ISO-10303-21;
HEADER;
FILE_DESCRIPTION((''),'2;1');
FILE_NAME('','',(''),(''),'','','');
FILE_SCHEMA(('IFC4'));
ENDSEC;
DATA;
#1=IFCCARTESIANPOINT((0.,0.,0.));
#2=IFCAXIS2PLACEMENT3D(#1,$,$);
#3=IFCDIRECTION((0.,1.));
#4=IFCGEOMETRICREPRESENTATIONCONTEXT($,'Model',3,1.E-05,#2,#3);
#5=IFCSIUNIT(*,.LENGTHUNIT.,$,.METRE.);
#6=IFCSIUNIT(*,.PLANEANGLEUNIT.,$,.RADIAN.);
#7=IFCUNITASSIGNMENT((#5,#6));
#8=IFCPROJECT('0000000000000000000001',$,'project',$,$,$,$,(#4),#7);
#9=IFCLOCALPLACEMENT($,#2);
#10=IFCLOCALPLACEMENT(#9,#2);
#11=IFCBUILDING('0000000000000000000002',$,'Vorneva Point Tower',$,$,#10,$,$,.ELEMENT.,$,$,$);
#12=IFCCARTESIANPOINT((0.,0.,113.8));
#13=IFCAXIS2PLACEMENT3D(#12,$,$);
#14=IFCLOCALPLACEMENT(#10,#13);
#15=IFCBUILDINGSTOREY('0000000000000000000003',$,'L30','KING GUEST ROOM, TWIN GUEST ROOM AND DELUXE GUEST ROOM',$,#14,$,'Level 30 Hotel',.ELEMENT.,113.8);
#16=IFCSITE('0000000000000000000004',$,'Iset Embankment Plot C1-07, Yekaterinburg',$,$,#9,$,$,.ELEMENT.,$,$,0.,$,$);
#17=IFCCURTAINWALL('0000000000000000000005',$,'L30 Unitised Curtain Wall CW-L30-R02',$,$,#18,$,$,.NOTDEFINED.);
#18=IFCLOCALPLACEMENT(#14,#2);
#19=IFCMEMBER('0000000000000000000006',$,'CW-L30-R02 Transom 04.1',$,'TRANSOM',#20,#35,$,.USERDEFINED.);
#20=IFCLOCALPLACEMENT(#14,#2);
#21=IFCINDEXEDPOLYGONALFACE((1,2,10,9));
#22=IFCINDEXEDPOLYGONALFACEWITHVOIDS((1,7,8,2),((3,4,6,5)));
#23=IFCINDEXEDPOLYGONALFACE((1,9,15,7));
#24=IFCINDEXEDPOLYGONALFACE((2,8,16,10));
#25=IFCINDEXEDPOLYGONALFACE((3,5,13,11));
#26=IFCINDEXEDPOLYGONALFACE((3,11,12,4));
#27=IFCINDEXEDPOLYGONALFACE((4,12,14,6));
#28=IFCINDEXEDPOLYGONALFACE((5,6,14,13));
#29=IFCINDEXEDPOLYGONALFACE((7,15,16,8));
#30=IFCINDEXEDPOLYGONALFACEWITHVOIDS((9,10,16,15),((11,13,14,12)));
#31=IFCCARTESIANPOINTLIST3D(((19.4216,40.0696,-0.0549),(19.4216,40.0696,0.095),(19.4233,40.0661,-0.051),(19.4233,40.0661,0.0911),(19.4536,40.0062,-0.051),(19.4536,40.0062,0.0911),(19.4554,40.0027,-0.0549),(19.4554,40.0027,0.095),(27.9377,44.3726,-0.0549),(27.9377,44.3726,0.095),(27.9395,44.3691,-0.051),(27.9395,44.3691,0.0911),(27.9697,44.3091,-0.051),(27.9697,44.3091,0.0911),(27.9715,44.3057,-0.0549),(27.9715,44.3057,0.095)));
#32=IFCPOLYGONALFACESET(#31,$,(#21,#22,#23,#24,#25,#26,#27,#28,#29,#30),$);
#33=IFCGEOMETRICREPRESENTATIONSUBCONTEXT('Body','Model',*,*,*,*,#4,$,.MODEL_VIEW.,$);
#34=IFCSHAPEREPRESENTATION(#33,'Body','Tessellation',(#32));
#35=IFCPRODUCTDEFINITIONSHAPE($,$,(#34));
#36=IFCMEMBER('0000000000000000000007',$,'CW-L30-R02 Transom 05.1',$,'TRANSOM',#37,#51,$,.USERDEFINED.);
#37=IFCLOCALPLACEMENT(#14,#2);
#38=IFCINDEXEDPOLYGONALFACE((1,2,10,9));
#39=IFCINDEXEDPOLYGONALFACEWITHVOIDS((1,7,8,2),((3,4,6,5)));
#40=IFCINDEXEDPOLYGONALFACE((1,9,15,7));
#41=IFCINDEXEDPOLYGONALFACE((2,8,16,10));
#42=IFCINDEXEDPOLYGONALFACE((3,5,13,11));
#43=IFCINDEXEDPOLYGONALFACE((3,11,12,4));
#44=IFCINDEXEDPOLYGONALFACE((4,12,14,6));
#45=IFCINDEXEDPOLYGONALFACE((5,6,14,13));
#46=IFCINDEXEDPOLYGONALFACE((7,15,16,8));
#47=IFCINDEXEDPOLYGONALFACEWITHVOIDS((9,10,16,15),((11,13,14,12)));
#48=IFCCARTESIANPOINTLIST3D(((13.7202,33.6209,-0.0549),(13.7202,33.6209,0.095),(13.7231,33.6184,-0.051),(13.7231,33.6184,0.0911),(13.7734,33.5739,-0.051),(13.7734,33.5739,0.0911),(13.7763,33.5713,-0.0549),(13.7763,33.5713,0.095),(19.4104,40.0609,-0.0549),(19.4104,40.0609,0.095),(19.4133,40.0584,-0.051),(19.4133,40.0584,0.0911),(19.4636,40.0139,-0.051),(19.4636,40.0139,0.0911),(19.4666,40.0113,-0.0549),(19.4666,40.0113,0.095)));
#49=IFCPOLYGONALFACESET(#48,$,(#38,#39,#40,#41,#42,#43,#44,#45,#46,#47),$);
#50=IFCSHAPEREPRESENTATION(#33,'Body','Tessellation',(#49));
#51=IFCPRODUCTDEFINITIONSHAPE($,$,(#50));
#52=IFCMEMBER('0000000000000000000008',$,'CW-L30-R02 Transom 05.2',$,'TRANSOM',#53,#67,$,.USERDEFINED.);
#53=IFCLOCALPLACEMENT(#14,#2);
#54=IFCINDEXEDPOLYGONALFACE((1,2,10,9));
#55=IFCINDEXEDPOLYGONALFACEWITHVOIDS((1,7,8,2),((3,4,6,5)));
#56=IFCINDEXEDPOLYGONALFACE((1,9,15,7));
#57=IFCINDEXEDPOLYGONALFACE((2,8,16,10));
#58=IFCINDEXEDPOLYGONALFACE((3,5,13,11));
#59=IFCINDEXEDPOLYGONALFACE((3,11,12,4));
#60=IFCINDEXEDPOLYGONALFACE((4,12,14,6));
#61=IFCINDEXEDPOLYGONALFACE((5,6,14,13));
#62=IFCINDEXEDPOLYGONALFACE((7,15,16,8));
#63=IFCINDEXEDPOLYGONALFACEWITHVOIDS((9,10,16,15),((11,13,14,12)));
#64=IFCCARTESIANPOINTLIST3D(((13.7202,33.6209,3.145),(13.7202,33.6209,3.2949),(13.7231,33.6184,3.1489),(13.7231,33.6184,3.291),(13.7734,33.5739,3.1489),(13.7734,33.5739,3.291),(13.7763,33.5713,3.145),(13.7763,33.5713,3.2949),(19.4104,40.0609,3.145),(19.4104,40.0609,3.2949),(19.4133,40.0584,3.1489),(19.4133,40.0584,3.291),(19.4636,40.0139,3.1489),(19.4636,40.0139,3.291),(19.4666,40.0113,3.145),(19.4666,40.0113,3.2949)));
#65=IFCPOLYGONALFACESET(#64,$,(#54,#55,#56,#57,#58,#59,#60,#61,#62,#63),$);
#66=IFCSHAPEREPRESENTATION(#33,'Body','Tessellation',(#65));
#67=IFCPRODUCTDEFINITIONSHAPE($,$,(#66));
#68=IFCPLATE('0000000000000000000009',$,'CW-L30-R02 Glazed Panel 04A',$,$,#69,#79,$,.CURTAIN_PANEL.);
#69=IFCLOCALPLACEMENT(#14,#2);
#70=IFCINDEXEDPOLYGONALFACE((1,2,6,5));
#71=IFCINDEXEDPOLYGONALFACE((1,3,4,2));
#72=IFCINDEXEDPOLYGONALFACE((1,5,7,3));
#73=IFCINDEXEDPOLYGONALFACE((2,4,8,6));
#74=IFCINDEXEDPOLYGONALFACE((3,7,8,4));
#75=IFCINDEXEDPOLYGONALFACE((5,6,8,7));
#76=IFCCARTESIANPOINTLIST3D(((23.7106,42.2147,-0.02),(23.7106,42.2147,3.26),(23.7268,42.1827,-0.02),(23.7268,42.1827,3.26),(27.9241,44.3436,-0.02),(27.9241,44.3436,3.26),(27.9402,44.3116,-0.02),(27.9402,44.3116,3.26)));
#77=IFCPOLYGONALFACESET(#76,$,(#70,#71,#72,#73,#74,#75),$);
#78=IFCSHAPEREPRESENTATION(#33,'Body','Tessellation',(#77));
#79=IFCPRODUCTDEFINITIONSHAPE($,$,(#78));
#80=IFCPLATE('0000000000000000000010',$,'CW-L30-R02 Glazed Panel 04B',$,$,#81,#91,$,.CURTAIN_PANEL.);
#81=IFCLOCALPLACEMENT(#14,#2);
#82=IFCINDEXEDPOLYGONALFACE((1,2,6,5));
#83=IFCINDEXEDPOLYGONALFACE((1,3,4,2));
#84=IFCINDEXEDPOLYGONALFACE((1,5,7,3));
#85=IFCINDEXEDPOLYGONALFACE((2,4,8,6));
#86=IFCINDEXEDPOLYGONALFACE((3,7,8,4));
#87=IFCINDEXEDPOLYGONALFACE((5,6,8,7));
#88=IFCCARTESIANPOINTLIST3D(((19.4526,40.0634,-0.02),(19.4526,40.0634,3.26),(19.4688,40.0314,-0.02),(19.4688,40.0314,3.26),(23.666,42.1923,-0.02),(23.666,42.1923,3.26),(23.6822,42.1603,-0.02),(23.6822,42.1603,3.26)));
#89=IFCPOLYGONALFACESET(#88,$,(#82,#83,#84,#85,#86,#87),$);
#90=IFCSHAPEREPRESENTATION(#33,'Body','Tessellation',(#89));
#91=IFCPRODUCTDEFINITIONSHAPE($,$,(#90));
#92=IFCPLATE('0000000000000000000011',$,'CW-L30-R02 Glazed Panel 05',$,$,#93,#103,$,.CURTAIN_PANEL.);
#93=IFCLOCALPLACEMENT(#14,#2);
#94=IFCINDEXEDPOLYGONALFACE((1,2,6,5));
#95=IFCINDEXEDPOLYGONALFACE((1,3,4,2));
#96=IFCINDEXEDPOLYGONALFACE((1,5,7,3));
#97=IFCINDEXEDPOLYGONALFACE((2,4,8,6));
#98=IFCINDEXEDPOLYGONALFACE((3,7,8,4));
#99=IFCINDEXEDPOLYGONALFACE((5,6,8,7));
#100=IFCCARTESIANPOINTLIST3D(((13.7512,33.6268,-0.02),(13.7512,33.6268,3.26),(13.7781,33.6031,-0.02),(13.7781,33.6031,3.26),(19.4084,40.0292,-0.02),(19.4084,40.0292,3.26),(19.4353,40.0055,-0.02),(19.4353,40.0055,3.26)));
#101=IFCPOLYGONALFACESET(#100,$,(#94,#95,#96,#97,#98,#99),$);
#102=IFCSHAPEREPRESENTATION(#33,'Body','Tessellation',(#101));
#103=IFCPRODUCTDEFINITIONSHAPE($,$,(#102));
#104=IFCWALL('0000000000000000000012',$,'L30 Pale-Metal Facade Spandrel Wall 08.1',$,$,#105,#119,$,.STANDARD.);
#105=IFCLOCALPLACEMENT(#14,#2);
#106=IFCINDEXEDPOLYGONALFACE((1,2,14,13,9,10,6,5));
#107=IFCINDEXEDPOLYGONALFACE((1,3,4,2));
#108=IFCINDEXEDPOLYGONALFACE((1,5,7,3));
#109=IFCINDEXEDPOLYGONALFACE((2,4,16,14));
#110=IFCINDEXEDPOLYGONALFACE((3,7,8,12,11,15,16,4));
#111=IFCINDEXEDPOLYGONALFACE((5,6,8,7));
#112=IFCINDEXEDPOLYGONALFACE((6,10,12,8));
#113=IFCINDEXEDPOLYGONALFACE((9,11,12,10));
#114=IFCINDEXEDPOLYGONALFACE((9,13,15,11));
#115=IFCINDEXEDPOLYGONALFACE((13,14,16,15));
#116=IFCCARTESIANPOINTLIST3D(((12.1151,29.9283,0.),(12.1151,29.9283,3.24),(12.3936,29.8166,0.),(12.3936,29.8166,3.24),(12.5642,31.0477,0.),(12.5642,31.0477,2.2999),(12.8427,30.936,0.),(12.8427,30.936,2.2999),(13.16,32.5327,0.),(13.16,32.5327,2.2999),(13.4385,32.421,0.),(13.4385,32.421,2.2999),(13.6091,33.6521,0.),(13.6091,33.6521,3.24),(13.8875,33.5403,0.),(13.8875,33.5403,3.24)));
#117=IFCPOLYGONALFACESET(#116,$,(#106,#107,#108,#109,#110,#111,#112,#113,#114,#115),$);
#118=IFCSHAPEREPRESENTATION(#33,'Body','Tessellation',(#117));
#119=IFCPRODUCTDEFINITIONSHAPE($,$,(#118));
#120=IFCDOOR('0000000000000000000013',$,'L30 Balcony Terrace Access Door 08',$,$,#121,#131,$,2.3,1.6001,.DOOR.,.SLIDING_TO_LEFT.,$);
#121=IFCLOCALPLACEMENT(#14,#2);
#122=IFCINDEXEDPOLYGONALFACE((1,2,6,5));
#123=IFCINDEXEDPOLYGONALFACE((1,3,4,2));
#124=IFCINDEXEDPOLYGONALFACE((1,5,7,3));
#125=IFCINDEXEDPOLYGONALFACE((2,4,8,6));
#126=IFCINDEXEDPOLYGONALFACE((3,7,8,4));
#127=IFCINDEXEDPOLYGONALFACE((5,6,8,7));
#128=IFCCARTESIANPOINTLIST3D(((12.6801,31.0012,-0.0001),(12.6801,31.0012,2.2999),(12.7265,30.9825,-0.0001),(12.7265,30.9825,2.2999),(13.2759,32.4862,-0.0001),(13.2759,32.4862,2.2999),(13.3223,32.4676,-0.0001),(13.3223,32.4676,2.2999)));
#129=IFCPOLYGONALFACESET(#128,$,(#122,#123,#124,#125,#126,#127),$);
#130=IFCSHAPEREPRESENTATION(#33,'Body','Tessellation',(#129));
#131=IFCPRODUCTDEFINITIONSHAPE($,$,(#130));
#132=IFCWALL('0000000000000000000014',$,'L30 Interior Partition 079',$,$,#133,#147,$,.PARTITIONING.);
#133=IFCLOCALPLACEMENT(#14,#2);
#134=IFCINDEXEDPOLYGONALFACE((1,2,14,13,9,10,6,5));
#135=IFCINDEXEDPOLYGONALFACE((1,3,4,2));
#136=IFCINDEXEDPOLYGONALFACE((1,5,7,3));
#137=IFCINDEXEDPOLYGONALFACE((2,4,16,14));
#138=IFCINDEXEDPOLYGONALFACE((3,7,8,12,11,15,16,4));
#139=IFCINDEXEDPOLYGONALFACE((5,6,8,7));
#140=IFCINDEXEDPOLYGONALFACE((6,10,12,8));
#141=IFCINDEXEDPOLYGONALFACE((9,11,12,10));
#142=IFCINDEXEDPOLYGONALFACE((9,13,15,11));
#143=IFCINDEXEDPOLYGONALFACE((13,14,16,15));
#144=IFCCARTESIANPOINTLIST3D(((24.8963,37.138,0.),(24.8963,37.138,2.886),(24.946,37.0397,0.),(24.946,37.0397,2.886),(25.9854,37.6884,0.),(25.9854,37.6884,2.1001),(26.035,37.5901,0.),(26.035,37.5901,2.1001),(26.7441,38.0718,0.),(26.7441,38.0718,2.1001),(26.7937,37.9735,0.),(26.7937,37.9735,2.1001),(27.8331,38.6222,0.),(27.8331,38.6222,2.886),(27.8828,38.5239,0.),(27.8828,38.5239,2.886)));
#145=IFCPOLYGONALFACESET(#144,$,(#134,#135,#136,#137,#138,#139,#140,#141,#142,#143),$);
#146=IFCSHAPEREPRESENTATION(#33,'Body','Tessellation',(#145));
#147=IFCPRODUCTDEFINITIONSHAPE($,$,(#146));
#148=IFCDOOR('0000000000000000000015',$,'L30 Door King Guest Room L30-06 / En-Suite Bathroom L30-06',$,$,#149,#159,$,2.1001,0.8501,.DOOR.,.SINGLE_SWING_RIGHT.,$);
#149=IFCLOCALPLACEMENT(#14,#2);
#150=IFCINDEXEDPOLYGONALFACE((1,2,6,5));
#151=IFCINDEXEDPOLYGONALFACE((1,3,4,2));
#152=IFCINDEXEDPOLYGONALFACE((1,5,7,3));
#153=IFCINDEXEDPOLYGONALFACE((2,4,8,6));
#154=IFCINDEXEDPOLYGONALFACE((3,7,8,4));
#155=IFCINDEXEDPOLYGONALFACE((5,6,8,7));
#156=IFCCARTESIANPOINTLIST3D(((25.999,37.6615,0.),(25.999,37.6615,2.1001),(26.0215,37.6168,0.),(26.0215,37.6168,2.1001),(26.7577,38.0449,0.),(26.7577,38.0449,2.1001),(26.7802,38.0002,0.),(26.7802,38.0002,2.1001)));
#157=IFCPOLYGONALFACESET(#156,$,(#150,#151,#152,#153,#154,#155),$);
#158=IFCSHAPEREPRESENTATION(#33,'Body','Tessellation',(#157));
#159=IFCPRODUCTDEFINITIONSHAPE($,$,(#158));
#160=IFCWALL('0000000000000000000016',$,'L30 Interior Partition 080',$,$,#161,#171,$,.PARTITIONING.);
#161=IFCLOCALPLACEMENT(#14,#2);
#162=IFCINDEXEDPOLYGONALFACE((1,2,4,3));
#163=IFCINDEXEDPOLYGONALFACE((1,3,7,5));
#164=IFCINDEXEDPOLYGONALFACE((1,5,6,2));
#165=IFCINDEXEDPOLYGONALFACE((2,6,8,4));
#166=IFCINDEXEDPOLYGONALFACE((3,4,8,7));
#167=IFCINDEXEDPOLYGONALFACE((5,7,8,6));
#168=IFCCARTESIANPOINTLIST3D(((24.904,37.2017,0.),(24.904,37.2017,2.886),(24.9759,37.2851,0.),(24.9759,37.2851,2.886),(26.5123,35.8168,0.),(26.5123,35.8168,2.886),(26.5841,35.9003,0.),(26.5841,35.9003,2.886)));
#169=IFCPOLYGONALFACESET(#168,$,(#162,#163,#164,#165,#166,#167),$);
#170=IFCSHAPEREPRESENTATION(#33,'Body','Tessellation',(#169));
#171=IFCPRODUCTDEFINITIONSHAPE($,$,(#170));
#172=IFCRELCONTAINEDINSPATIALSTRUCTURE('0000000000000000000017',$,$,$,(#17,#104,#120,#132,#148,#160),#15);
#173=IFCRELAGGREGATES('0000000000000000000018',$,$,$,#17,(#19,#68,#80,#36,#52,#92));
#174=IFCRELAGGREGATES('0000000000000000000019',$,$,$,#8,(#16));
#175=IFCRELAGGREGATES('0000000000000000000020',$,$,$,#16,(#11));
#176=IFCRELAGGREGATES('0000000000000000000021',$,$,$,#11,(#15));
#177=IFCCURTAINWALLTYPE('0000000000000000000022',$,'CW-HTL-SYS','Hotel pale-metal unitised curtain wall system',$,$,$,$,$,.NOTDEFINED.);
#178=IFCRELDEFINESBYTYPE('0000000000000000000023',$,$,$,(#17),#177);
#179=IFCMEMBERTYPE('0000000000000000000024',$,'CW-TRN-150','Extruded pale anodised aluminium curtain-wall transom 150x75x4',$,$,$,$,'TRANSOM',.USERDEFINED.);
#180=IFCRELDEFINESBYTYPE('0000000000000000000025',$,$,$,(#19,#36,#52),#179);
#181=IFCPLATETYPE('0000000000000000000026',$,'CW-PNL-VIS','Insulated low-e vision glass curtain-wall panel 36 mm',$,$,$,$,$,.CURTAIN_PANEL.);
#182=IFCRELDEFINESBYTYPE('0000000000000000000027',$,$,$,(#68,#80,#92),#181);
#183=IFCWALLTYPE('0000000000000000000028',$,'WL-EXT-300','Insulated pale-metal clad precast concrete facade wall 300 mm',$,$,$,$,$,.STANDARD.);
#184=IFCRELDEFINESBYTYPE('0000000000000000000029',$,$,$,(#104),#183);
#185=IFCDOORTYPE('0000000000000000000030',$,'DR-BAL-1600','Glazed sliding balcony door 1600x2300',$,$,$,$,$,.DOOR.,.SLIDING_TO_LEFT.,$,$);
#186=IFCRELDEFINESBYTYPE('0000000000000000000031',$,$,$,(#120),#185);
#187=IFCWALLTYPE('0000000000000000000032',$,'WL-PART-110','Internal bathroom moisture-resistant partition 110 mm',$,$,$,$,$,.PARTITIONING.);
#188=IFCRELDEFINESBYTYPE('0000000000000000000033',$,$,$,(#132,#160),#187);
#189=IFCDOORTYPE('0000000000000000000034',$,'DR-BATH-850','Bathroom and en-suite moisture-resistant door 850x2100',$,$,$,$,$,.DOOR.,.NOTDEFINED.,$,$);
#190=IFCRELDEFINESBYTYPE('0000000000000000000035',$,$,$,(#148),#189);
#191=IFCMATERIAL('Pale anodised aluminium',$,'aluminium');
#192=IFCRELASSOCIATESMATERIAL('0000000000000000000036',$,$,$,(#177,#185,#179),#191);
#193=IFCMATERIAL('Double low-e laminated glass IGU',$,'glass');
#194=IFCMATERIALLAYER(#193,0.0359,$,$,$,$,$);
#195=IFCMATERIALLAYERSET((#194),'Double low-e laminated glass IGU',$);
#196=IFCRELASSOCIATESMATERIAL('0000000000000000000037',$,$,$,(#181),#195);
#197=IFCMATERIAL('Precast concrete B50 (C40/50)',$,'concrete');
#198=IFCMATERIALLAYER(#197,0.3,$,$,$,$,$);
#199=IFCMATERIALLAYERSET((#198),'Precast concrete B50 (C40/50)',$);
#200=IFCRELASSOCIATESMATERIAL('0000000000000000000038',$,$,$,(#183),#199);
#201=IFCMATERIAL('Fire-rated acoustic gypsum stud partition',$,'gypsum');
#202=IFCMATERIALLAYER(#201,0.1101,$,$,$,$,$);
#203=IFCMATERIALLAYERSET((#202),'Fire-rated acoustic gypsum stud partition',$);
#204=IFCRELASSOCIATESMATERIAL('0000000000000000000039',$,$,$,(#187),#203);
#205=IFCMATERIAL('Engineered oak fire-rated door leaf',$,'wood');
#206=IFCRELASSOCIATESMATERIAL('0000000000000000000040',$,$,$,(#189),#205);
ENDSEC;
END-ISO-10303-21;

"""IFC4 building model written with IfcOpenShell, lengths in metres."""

from ifc_helpers import new_model, si_unit, direction, frame, frame_2d, origin, origin_2d, place, context, subcontext, project, spatial, rectangle, hollow_rectangle, extrude, material, layer, layer_set, material_profile, profile_set, type_object, element, fill, aggregate, save


model = new_model("IFC4")

# Units and contexts
model_context = context("Model", 3, precision=1e-05, world=origin(), true_north=direction((0.0, 1.0)))
body_context = subcontext(model_context, "Body", "Model", "MODEL_VIEW")
ifc_project = project(units=[si_unit("LENGTHUNIT", "METRE"), si_unit("PLANEANGLEUNIT", "RADIAN")], contexts=[model_context])

# Site, building, storey
site_placement = place(None, origin())
site = spatial("IfcSite", under=ifc_project, at=site_placement, Name="Iset Embankment Plot C1-07, Yekaterinburg", CompositionType="ELEMENT", RefElevation=0.0)
building_placement = place(site_placement, origin())
building = spatial("IfcBuilding", under=site, at=building_placement, Name="Vorneva Point Tower", CompositionType="ELEMENT")
storey_placement = place(building_placement, frame((0.0, 0.0, 113.8)))
storey = spatial("IfcBuildingStorey", under=building, at=storey_placement, Name="L30", Description="KING GUEST ROOM, TWIN GUEST ROOM AND DELUXE GUEST ROOM", LongName="Level 30 Hotel", CompositionType="ELEMENT", Elevation=113.8)

# Curtain wall, members, plates
ifc_material_1 = material(Name="Pale anodised aluminium", Category="aluminium")
curtain_wall_type = type_object("IfcCurtainWallType", Name="CW-HTL-SYS", Description="Hotel pale-metal unitised curtain wall system", PredefinedType="NOTDEFINED", material=ifc_material_1)
curtain_wall_placement = place(storey_placement, origin())
curtain_wall = element("IfcCurtainWall", 1, at=curtain_wall_placement, inside=storey, type_object=curtain_wall_type, Name="L30 Unitised Curtain Wall CW-L30-R02", PredefinedType="NOTDEFINED")
ifc_material_profile_1 = material_profile(ifc_material_1, hollow_rectangle(XDim=0.075, YDim=0.1499, WallThickness=0.0039, at=origin_2d()), Name="AL-TRN 150x75x4")
ifc_profile_set_1 = profile_set([ifc_material_profile_1], Name="Pale anodised aluminium")
member_type_1 = type_object("IfcMemberType", Name="CW-TRN-150", Description="Extruded pale anodised aluminium curtain-wall transom 150x75x4", ElementType="TRANSOM", PredefinedType="USERDEFINED", material=ifc_profile_set_1)
member_1_placement = place(storey_placement, frame((27.9546, 44.3391, 0.02), z_axis=(-0.892536, -0.450976, 0.0), x_axis=(0.450976, -0.892536, 0.0)))
member_1 = element("IfcMember", 2, at=member_1_placement, type_object=member_type_1, Name="CW-L30-R02 Transom 04.1", ObjectType="TRANSOM", PredefinedType="USERDEFINED", context=body_context, shape_type="SweptSolid", body=[
    extrude(hollow_rectangle(XDim=0.075, YDim=0.1499, WallThickness=0.0039, at=origin_2d()), origin(), (0.0, 0.0, 1.0), 9.5415),
])
member_2_placement = place(storey_placement, frame((19.4385, 40.0361, 0.02), z_axis=(-0.662137, -0.749383, 0.0), x_axis=(0.749383, -0.662137, 0.0)))
member_2 = element("IfcMember", 3, at=member_2_placement, type_object=member_type_1, Name="CW-L30-R02 Transom 05.1", ObjectType="TRANSOM", PredefinedType="USERDEFINED", context=body_context, shape_type="SweptSolid", body=[
    extrude(hollow_rectangle(XDim=0.075, YDim=0.1499, WallThickness=0.0039, at=origin_2d()), origin(), (0.0, 0.0, 1.0), 8.5938),
])
member_3_placement = place(storey_placement, frame((19.4385, 40.0361, 3.22), z_axis=(-0.662137, -0.749383, 0.0), x_axis=(0.749383, -0.662137, 0.0)))
member_3 = element("IfcMember", 4, at=member_3_placement, type_object=member_type_1, Name="CW-L30-R02 Transom 05.2", ObjectType="TRANSOM", PredefinedType="USERDEFINED", context=body_context, shape_type="SweptSolid", body=[
    extrude(hollow_rectangle(XDim=0.075, YDim=0.1499, WallThickness=0.0039, at=origin_2d()), origin(), (0.0, 0.0, 1.0), 8.5938),
])
ifc_material_2 = material(Name="Double low-e laminated glass IGU", Category="glass")
ifc_layer_1 = layer(ifc_material_2, 0.0359)
ifc_layer_set_1 = layer_set([ifc_layer_1], Name="Double low-e laminated glass IGU")
plate_type = type_object("IfcPlateType", Name="CW-PNL-VIS", Description="Insulated low-e vision glass curtain-wall panel 36 mm", PredefinedType="CURTAIN_PANEL", material=ifc_layer_set_1)
plate_1_placement = place(storey_placement, frame((25.8254, 43.2632, -0.02), z_axis=(0.0, 0.0, 1.0), x_axis=(-0.892539, -0.450971, 0.0)))
plate_1 = element("IfcPlate", 5, at=plate_1_placement, type_object=plate_type, Name="CW-L30-R02 Glazed Panel 04A", PredefinedType="CURTAIN_PANEL", context=body_context, shape_type="SweptSolid", body=[
    extrude(rectangle(XDim=4.7207, YDim=0.0359, at=origin_2d()), origin(), (0.0, 0.0, 1.0), 3.28),
])
plate_2_placement = place(storey_placement, frame((21.5674, 41.1118, -0.02), z_axis=(0.0, 0.0, 1.0), x_axis=(-0.892539, -0.450971, 0.0)))
plate_2 = element("IfcPlate", 6, at=plate_2_placement, type_object=plate_type, Name="CW-L30-R02 Glazed Panel 04B", PredefinedType="CURTAIN_PANEL", context=body_context, shape_type="SweptSolid", body=[
    extrude(rectangle(XDim=4.7207, YDim=0.0359, at=origin_2d()), origin(), (0.0, 0.0, 1.0), 3.28),
])
plate_3_placement = place(storey_placement, frame((16.5933, 36.8162, -0.02), z_axis=(0.0, 0.0, 1.0), x_axis=(-0.662149, -0.749372, 0.0)))
plate_3 = element("IfcPlate", 7, at=plate_3_placement, type_object=plate_type, Name="CW-L30-R02 Glazed Panel 05", PredefinedType="CURTAIN_PANEL", context=body_context, shape_type="SweptSolid", body=[
    extrude(rectangle(XDim=8.5437, YDim=0.0359, at=origin_2d()), origin(), (0.0, 0.0, 1.0), 3.28),
])
aggregate(curtain_wall, [member_1, plate_1, plate_2, member_2, member_3, plate_3])

# Walls, openings, doors
ifc_material_3 = material(Name="Precast concrete B50 (C40/50)", Category="concrete")
ifc_layer_2 = layer(ifc_material_3, 0.3)
ifc_layer_set_2 = layer_set([ifc_layer_2], Name="Precast concrete B50 (C40/50)")
wall_type_1 = type_object("IfcWallType", Name="WL-EXT-300", Description="Insulated pale-metal clad precast concrete facade wall 300 mm", PredefinedType="STANDARD", material=ifc_layer_set_2)
wall_1_placement = place(storey_placement, frame((13.7483, 33.5962, 0.0), z_axis=(0.0, 0.0, 1.0), x_axis=(-0.372345, -0.928094, 0.0)))
wall_1 = element("IfcWall", 8, at=wall_1_placement, inside=storey, type_object=wall_type_1, Name="L30 Pale-Metal Facade Spandrel Wall 08.1", PredefinedType="STANDARD", context=body_context, shape_type="SweptSolid", body=[
    extrude(rectangle(XDim=4.0122, YDim=0.3, at=frame_2d((2.0061, 0.0))), origin(), (0.0, 0.0, 1.0), 3.24),
])
opening_1_placement = place(wall_1_placement, frame((1.2061, 0.0, 0.0)))
opening_1 = element("IfcOpeningElement", 9, at=opening_1_placement, cuts=wall_1, PredefinedType="OPENING", context=body_context, shape_type="SweptSolid", body=[
    extrude(rectangle(XDim=1.6001, YDim=2.3, at=frame_2d((0.8, 1.1499))), frame((0.0, 0.165, 0.0), z_axis=(0.0, -1.0, 0.0), x_axis=(1.0, 0.0, 0.0)), (0.0, 0.0, 1.0), 0.3298),
])
door_type_1 = type_object("IfcDoorType", Name="DR-BAL-1600", Description="Glazed sliding balcony door 1600x2300", OperationType="SLIDING_TO_LEFT", PredefinedType="DOOR", material=ifc_material_1)
door_1_placement = place(opening_1_placement, origin())
door_1 = element("IfcDoor", 10, at=door_1_placement, inside=storey, type_object=door_type_1, Name="L30 Balcony Terrace Access Door 08", OperationType="SLIDING_TO_LEFT", OverallHeight=2.3, OverallWidth=1.6001, PredefinedType="DOOR", context=body_context, shape_type="SweptSolid", body=[
    extrude(rectangle(XDim=1.6001, YDim=2.3, at=frame_2d((0.8, 1.1499))), frame((0.0, 0.0249, 0.0), z_axis=(0.0, -1.0, 0.0), x_axis=(1.0, 0.0, 0.0)), (0.0, 0.0, 1.0), 0.05),
])
fill(opening_1, door_1)
ifc_material_4 = material(Name="Fire-rated acoustic gypsum stud partition", Category="gypsum")
ifc_layer_3 = layer(ifc_material_4, 0.1101)
ifc_layer_set_3 = layer_set([ifc_layer_3], Name="Fire-rated acoustic gypsum stud partition")
wall_type_2 = type_object("IfcWallType", Name="WL-PART-110", Description="Internal bathroom moisture-resistant partition 110 mm", PredefinedType="PARTITIONING", material=ifc_layer_set_3)
wall_2_placement = place(storey_placement, frame((24.9211, 37.0889, 0.0), z_axis=(0.0, 0.0, 1.0), x_axis=(0.892505, 0.451038, 0.0)))
wall_2 = element("IfcWall", 11, at=wall_2_placement, inside=storey, type_object=wall_type_2, Name="L30 Interior Partition 079", PredefinedType="PARTITIONING", context=body_context, shape_type="SweptSolid", body=[
    extrude(rectangle(XDim=3.2905, YDim=0.1101, at=frame_2d((1.6453, 0.0))), origin(), (0.0, 0.0, 1.0), 2.886),
])
opening_2_placement = place(wall_2_placement, frame((1.2202, 0.0, 0.0)))
opening_2 = element("IfcOpeningElement", 12, at=opening_2_placement, cuts=wall_2, PredefinedType="OPENING", context=body_context, shape_type="SweptSolid", body=[
    extrude(rectangle(XDim=0.8501, YDim=2.1001, at=frame_2d((0.425, 1.05))), frame((0.0, 0.0698, 0.0), z_axis=(0.0, -1.0, 0.0), x_axis=(1.0, 0.0, 0.0)), (0.0, 0.0, 1.0), 0.1399),
])
ifc_material_5 = material(Name="Engineered oak fire-rated door leaf", Category="wood")
door_type_2 = type_object("IfcDoorType", Name="DR-BATH-850", Description="Bathroom and en-suite moisture-resistant door 850x2100", OperationType="NOTDEFINED", PredefinedType="DOOR", material=ifc_material_5)
door_2_placement = place(opening_2_placement, origin())
door_2 = element("IfcDoor", 13, at=door_2_placement, inside=storey, type_object=door_type_2, Name="L30 Door King Guest Room L30-06 / En-Suite Bathroom L30-06", OperationType="SINGLE_SWING_RIGHT", OverallHeight=2.1001, OverallWidth=0.8501, PredefinedType="DOOR", context=body_context, shape_type="SweptSolid", body=[
    extrude(rectangle(XDim=0.8501, YDim=2.1001, at=frame_2d((0.425, 1.05))), frame((0.0, 0.0249, 0.0), z_axis=(0.0, -1.0, 0.0), x_axis=(1.0, 0.0, 0.0)), (0.0, 0.0, 1.0), 0.05),
])
fill(opening_2, door_2)

# Wall
wall_3_placement = place(storey_placement, frame((26.5481, 35.8586, 0.0), z_axis=(0.0, 0.0, 1.0), x_axis=(-0.757777, 0.652514, 0.0)))
element("IfcWall", 14, at=wall_3_placement, inside=storey, type_object=wall_type_2, Name="L30 Interior Partition 080", PredefinedType="PARTITIONING", context=body_context, shape_type="SweptSolid", body=[
    extrude(rectangle(XDim=2.1223, YDim=0.1101, at=frame_2d((1.061, 0.0))), origin(), (0.0, 0.0, 1.0), 2.886),
])

save(model, "model.ifc")
